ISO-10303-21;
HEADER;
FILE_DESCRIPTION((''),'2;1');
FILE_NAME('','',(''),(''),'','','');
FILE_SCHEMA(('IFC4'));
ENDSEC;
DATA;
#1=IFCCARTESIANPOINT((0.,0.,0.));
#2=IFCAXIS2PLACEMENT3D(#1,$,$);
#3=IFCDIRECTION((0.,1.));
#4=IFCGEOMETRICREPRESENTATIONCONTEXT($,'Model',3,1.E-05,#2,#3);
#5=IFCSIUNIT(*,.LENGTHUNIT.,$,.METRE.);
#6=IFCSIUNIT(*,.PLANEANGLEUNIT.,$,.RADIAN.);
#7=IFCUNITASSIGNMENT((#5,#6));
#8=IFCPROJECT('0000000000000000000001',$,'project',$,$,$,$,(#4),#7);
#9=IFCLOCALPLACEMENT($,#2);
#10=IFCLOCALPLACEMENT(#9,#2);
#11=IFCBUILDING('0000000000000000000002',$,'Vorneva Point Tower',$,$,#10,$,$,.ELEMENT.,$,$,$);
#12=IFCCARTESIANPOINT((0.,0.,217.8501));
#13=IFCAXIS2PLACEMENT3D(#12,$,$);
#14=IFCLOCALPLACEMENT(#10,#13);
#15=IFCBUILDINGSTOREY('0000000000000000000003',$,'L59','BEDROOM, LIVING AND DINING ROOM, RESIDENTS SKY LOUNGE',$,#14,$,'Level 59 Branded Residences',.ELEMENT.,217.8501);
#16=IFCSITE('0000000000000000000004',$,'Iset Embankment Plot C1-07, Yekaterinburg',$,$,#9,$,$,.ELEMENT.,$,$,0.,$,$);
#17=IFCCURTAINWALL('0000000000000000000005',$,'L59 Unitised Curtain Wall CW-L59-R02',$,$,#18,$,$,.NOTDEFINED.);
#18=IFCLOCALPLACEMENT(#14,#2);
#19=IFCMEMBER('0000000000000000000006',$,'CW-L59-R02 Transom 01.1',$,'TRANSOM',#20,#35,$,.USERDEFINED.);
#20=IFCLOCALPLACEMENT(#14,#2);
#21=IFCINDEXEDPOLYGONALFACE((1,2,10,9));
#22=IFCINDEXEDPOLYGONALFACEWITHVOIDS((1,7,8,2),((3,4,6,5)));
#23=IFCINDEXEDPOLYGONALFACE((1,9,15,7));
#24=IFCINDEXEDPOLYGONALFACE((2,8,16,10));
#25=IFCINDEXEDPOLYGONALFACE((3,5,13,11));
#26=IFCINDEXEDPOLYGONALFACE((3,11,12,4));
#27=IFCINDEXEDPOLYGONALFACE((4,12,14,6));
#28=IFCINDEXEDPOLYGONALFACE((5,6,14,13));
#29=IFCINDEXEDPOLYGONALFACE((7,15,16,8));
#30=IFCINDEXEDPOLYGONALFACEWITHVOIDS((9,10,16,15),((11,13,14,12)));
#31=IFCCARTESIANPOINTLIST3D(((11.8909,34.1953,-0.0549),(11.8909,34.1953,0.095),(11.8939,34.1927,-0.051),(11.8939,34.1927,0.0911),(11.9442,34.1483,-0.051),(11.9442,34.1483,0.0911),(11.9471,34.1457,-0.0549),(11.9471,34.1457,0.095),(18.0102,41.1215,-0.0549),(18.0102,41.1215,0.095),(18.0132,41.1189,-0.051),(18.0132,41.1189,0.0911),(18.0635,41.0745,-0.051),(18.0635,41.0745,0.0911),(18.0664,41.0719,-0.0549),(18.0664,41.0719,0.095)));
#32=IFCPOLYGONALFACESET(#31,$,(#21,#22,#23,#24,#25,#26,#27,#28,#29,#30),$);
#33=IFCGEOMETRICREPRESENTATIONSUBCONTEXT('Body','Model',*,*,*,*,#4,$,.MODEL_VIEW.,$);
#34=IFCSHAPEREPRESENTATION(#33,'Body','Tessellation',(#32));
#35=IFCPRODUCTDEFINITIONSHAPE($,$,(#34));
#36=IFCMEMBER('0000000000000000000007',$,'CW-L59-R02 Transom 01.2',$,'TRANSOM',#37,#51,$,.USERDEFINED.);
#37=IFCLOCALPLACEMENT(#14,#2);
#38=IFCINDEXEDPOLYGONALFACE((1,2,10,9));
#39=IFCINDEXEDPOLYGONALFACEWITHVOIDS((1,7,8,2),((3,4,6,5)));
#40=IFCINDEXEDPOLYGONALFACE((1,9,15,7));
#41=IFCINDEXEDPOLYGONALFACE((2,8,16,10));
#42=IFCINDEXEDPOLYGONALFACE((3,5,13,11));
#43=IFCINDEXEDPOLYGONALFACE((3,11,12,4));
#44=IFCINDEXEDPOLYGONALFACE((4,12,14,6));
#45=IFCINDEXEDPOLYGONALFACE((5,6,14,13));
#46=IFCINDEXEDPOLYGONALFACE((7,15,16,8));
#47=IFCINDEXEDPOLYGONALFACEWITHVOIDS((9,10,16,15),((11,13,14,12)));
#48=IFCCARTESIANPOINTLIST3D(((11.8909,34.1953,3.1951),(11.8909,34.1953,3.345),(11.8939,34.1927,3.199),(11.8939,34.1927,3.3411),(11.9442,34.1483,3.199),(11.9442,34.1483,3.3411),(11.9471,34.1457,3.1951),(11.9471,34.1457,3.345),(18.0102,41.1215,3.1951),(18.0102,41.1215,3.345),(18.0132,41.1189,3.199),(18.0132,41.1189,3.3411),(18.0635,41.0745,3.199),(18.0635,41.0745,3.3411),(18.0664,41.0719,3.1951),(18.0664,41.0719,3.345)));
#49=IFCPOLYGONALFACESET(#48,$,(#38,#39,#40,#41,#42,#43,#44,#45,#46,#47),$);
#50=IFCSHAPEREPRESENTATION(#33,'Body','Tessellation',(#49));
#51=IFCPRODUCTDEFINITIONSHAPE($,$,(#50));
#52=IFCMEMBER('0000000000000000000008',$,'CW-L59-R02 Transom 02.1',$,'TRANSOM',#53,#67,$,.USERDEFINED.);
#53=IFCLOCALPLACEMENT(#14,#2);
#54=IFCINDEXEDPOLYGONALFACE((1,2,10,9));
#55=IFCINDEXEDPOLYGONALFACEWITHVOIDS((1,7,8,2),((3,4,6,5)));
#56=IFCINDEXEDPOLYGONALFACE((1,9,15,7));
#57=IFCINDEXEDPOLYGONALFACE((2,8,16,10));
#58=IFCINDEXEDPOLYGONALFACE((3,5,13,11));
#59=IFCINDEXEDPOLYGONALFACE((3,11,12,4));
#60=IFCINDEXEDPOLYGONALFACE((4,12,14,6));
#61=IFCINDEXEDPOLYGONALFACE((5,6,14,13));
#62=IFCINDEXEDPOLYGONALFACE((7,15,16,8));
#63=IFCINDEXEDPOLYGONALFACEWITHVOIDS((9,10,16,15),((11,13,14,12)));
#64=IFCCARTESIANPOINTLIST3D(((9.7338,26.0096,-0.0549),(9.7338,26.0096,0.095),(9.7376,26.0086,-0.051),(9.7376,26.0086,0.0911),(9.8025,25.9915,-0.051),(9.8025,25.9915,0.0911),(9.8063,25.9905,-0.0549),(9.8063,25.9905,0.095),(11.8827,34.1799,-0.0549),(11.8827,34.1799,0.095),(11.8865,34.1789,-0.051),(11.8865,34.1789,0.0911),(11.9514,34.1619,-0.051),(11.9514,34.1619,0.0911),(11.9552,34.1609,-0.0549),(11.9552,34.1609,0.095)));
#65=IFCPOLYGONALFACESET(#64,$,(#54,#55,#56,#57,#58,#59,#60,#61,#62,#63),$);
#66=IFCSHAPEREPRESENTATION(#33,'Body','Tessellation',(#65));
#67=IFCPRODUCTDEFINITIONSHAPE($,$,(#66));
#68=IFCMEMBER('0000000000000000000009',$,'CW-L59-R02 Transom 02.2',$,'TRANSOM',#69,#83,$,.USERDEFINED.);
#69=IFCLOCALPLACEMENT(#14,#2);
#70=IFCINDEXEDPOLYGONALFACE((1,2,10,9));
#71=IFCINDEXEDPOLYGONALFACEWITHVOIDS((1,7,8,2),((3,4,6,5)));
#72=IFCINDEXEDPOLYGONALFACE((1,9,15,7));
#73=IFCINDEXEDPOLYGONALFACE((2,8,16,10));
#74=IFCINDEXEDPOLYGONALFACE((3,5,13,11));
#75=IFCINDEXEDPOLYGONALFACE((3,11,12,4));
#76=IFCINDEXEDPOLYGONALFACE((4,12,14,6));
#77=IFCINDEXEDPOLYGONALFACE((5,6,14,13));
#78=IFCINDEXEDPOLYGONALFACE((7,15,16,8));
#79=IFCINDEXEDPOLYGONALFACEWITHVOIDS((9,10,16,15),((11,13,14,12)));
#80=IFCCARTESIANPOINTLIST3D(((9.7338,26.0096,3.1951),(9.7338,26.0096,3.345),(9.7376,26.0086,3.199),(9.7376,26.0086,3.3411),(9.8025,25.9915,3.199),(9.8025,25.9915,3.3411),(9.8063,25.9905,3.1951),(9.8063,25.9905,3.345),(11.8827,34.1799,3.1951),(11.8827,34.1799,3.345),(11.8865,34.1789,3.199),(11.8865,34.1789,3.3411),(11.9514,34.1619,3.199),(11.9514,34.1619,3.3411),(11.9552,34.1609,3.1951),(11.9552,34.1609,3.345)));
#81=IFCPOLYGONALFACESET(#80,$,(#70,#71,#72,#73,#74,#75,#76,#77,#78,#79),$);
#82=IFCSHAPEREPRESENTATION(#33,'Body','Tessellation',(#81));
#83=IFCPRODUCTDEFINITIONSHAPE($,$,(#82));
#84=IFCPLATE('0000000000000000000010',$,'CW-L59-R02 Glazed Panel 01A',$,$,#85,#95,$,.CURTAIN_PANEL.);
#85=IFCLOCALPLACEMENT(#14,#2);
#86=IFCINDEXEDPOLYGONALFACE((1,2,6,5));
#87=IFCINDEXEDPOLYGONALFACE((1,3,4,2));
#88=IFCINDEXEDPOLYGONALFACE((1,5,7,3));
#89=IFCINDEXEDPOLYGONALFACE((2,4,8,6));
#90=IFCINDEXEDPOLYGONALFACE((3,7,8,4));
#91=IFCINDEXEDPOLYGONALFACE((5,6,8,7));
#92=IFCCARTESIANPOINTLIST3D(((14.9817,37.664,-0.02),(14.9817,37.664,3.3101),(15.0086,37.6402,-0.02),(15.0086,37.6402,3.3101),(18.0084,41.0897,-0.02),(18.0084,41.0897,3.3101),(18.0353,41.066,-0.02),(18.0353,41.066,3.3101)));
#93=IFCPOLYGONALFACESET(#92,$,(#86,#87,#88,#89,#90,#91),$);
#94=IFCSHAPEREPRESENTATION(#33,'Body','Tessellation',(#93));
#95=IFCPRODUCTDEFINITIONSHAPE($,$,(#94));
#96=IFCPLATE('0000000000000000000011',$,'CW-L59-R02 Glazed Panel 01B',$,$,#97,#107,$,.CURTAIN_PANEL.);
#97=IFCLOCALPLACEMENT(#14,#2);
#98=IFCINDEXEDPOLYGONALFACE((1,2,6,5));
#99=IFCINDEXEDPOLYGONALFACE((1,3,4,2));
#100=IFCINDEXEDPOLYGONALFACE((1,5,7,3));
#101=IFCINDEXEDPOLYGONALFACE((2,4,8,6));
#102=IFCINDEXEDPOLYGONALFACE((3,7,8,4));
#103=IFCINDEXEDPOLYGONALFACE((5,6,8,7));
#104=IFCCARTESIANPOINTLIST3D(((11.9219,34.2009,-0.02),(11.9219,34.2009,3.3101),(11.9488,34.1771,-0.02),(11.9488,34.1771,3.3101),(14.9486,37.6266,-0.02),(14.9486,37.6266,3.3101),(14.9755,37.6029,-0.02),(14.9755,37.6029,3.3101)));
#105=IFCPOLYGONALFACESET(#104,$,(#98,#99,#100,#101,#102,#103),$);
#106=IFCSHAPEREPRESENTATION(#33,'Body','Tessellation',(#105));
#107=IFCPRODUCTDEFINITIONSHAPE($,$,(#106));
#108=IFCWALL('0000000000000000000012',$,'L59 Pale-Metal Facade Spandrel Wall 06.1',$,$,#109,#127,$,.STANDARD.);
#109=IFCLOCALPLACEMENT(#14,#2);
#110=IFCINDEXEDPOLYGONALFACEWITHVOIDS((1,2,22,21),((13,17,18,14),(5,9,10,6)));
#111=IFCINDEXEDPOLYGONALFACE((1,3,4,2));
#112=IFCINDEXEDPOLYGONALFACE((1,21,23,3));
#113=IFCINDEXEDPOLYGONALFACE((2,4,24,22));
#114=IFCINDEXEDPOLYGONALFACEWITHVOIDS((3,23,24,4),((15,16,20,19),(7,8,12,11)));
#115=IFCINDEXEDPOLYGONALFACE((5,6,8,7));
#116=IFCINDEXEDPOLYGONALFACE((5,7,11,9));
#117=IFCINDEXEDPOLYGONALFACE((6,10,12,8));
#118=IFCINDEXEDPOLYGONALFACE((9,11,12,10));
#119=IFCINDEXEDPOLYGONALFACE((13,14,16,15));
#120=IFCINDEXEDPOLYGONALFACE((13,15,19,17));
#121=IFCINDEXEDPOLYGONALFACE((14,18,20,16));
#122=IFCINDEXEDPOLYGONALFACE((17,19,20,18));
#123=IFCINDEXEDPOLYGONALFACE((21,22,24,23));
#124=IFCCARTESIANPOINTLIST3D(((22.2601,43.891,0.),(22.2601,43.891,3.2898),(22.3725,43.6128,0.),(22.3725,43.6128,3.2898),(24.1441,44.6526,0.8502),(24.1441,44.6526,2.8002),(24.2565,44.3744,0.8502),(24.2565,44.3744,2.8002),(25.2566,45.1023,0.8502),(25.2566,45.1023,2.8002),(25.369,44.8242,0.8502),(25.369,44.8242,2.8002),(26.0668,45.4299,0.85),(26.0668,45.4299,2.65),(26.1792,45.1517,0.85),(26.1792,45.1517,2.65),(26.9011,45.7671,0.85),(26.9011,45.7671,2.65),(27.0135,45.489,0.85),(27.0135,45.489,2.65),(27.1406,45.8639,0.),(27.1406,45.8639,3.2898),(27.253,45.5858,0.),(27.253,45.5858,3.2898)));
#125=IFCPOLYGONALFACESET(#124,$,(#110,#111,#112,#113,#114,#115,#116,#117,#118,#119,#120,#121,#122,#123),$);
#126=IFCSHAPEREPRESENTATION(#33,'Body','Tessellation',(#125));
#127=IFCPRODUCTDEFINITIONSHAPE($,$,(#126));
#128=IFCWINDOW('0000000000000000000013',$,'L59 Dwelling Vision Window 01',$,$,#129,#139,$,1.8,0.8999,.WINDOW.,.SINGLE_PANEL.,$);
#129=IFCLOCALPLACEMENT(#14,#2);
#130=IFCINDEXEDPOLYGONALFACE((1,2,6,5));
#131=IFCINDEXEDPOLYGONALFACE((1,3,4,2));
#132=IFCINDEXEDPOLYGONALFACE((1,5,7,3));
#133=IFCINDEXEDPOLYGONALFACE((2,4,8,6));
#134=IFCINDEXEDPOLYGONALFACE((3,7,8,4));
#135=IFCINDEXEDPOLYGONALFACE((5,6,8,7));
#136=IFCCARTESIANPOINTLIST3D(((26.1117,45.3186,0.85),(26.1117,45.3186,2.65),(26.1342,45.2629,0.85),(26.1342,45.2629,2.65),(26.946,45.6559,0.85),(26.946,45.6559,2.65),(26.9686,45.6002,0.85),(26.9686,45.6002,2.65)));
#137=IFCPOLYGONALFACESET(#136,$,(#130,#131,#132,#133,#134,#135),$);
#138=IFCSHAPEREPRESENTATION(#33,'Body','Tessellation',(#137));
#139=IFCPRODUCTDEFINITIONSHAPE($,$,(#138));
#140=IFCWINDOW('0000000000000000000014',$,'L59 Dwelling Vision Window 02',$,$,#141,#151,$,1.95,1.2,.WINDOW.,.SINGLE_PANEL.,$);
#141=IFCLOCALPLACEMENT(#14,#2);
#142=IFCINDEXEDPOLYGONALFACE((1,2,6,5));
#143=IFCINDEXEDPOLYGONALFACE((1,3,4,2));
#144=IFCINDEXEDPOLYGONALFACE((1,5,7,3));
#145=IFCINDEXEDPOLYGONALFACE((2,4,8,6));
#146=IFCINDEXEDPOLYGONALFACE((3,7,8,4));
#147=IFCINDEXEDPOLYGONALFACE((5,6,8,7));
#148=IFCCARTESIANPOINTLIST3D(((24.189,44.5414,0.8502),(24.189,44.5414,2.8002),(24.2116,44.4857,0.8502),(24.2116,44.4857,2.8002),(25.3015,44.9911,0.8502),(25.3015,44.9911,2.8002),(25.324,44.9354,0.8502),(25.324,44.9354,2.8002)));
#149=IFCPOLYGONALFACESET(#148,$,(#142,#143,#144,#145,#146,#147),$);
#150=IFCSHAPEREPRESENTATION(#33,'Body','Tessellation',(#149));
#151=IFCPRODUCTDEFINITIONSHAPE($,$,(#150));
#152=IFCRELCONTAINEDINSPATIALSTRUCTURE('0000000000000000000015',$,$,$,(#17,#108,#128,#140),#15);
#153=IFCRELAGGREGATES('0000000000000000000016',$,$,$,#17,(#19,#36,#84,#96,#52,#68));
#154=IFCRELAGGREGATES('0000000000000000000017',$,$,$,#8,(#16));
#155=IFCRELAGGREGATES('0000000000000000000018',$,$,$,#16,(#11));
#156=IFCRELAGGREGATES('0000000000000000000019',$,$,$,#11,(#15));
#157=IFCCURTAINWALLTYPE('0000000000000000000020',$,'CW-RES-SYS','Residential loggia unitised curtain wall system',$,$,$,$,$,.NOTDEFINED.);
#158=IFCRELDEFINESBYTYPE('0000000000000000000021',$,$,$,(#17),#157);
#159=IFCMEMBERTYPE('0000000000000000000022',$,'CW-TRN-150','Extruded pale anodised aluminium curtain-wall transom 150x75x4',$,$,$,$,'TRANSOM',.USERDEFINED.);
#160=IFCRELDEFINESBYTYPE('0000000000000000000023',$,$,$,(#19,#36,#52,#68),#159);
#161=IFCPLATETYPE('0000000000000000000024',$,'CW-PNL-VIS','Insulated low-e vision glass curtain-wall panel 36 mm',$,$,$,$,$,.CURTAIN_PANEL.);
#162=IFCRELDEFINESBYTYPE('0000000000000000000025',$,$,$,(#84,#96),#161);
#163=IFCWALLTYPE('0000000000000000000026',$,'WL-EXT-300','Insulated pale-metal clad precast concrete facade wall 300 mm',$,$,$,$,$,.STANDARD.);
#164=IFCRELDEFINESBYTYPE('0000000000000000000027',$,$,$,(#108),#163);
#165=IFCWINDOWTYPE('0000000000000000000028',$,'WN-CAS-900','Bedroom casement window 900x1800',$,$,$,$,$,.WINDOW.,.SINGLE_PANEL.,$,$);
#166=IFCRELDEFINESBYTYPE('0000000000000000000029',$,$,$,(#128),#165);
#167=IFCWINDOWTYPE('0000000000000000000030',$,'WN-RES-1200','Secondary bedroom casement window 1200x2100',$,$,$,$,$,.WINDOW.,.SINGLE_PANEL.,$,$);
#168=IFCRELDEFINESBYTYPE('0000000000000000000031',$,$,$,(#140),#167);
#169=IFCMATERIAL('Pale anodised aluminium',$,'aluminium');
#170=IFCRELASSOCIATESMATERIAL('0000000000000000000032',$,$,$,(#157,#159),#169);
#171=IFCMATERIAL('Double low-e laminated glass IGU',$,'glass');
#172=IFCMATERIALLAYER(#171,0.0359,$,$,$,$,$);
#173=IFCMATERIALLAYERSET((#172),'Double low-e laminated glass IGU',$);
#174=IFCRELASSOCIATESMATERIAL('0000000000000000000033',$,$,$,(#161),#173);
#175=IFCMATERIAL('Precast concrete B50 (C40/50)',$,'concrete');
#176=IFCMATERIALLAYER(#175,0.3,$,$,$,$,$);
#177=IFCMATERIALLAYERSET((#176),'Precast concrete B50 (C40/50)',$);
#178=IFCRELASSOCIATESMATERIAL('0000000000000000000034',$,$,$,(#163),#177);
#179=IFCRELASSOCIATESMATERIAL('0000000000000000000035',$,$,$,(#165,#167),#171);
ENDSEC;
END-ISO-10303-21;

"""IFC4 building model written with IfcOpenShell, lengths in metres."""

from ifc_helpers import new_model, si_unit, direction, frame, frame_2d, origin, origin_2d, place, context, subcontext, project, spatial, rectangle, hollow_rectangle, extrude, material, layer, layer_set, material_profile, profile_set, type_object, element, fill, aggregate, save


model = new_model("IFC4")

# Units and contexts
model_context = context("Model", 3, precision=1e-05, world=origin(), true_north=direction((0.0, 1.0)))
body_context = subcontext(model_context, "Body", "Model", "MODEL_VIEW")
ifc_project = project(units=[si_unit("LENGTHUNIT", "METRE"), si_unit("PLANEANGLEUNIT", "RADIAN")], contexts=[model_context])

# Site, building, storey
site_placement = place(None, origin())
site = spatial("IfcSite", under=ifc_project, at=site_placement, Name="Iset Embankment Plot C1-07, Yekaterinburg", CompositionType="ELEMENT", RefElevation=0.0)
building_placement = place(site_placement, origin())
building = spatial("IfcBuilding", under=site, at=building_placement, Name="Vorneva Point Tower", CompositionType="ELEMENT")
storey_placement = place(building_placement, frame((0.0, 0.0, 217.8501)))
storey = spatial("IfcBuildingStorey", under=building, at=storey_placement, Name="L59", Description="BEDROOM, LIVING AND DINING ROOM, RESIDENTS SKY LOUNGE", LongName="Level 59 Branded Residences", CompositionType="ELEMENT", Elevation=217.8501)

# Shared definitions
ifc_material_1 = material(Name="Pale anodised aluminium", Category="aluminium")
curtain_wall_type = type_object("IfcCurtainWallType", Name="CW-RES-SYS", Description="Residential loggia unitised curtain wall system", PredefinedType="NOTDEFINED", material=ifc_material_1)

# Curtain wall, members, plates
curtain_wall_1_placement = place(storey_placement, origin())
curtain_wall_1 = element("IfcCurtainWall", 1, at=curtain_wall_1_placement, inside=storey, type_object=curtain_wall_type, Name="L59 Unitised Curtain Wall CW-L59-R02", PredefinedType="NOTDEFINED")
ifc_material_profile_1 = material_profile(ifc_material_1, hollow_rectangle(XDim=0.075, YDim=0.1499, WallThickness=0.0039, at=origin_2d()), Name="AL-TRN 150x75x4")
ifc_profile_set_1 = profile_set([ifc_material_profile_1], Name="Pale anodised aluminium")
member_type_1 = type_object("IfcMemberType", Name="CW-TRN-150", Description="Extruded pale anodised aluminium curtain-wall transom 150x75x4", ElementType="TRANSOM", PredefinedType="USERDEFINED", material=ifc_profile_set_1)
member_1_placement = place(storey_placement, frame((18.0383, 41.0967, 0.02), z_axis=(-0.662106, -0.74941, 0.0), x_axis=(0.74941, -0.662106, 0.0)))
member_1 = element("IfcMember", 2, at=member_1_placement, type_object=member_type_1, Name="CW-L59-R02 Transom 01.1", ObjectType="TRANSOM", PredefinedType="USERDEFINED", context=body_context, shape_type="SweptSolid", body=[
    extrude(hollow_rectangle(XDim=0.075, YDim=0.1499, WallThickness=0.0039, at=origin_2d()), origin(), (0.0, 0.0, 1.0), 9.2422),
])
member_2_placement = place(storey_placement, frame((18.0383, 41.0967, 3.27), z_axis=(-0.662106, -0.74941, 0.0), x_axis=(0.74941, -0.662106, 0.0)))
member_2 = element("IfcMember", 3, at=member_2_placement, type_object=member_type_1, Name="CW-L59-R02 Transom 01.2", ObjectType="TRANSOM", PredefinedType="USERDEFINED", context=body_context, shape_type="SweptSolid", body=[
    extrude(hollow_rectangle(XDim=0.075, YDim=0.1499, WallThickness=0.0039, at=origin_2d()), origin(), (0.0, 0.0, 1.0), 9.2422),
])
member_3_placement = place(storey_placement, frame((11.9189, 34.1704, 0.02), z_axis=(-0.254362, -0.967109, 0.0), x_axis=(0.967109, -0.254362, 0.0)))
member_3 = element("IfcMember", 4, at=member_3_placement, type_object=member_type_1, Name="CW-L59-R02 Transom 02.1", ObjectType="TRANSOM", PredefinedType="USERDEFINED", context=body_context, shape_type="SweptSolid", body=[
    extrude(hollow_rectangle(XDim=0.075, YDim=0.1499, WallThickness=0.0039, at=origin_2d()), origin(), (0.0, 0.0, 1.0), 8.4482),
])
member_4_placement = place(storey_placement, frame((11.9189, 34.1704, 3.27), z_axis=(-0.254362, -0.967109, 0.0), x_axis=(0.967109, -0.254362, 0.0)))
member_4 = element("IfcMember", 5, at=member_4_placement, type_object=member_type_1, Name="CW-L59-R02 Transom 02.2", ObjectType="TRANSOM", PredefinedType="USERDEFINED", context=body_context, shape_type="SweptSolid", body=[
    extrude(hollow_rectangle(XDim=0.075, YDim=0.1499, WallThickness=0.0039, at=origin_2d()), origin(), (0.0, 0.0, 1.0), 8.4482),
])
ifc_material_2 = material(Name="Double low-e laminated glass IGU", Category="glass")
ifc_layer_1 = layer(ifc_material_2, 0.0359)
ifc_layer_set_1 = layer_set([ifc_layer_1], Name="Double low-e laminated glass IGU")
plate_type = type_object("IfcPlateType", Name="CW-PNL-VIS", Description="Insulated low-e vision glass curtain-wall panel 36 mm", PredefinedType="CURTAIN_PANEL", material=ifc_layer_set_1)
plate_1_placement = place(storey_placement, frame((16.5085, 39.365, -0.02), z_axis=(0.0, 0.0, 1.0), x_axis=(-0.66211, -0.749407, 0.0)))
plate_1 = element("IfcPlate", 6, at=plate_1_placement, type_object=plate_type, Name="CW-L59-R02 Glazed Panel 01A", PredefinedType="CURTAIN_PANEL", context=body_context, shape_type="SweptSolid", body=[
    extrude(rectangle(XDim=4.5713, YDim=0.0359, at=origin_2d()), origin(), (0.0, 0.0, 1.0), 3.3301),
])
plate_2_placement = place(storey_placement, frame((13.4487, 35.9019, -0.02), z_axis=(0.0, 0.0, 1.0), x_axis=(-0.66211, -0.749407, 0.0)))
plate_2 = element("IfcPlate", 7, at=plate_2_placement, type_object=plate_type, Name="CW-L59-R02 Glazed Panel 01B", PredefinedType="CURTAIN_PANEL", context=body_context, shape_type="SweptSolid", body=[
    extrude(rectangle(XDim=4.5713, YDim=0.0359, at=origin_2d()), origin(), (0.0, 0.0, 1.0), 3.3301),
])
aggregate(curtain_wall_1, [member_1, member_2, plate_1, plate_2, member_3, member_4])

# Wall, openings, windows
ifc_material_3 = material(Name="Precast concrete B50 (C40/50)", Category="concrete")
ifc_layer_2 = layer(ifc_material_3, 0.3)
ifc_layer_set_2 = layer_set([ifc_layer_2], Name="Precast concrete B50 (C40/50)")
wall_type_1 = type_object("IfcWallType", Name="WL-EXT-300", Description="Insulated pale-metal clad precast concrete facade wall 300 mm", PredefinedType="STANDARD", material=ifc_layer_set_2)
wall_1_placement = place(storey_placement, frame((27.1968, 45.7249, 0.0), z_axis=(0.0, 0.0, 1.0), x_axis=(-0.927111, -0.374787, 0.0)))
wall_1 = element("IfcWall", 8, at=wall_1_placement, inside=storey, type_object=wall_type_1, Name="L59 Pale-Metal Facade Spandrel Wall 06.1", PredefinedType="STANDARD", context=body_context, shape_type="SweptSolid", body=[
    extrude(rectangle(XDim=5.2642, YDim=0.3, at=frame_2d((2.6321, 0.0))), origin(), (0.0, 0.0, 1.0), 3.2898),
])
opening_1_placement = place(wall_1_placement, frame((0.2583, 0.0, 0.8501)))
opening_1 = element("IfcOpeningElement", 9, at=opening_1_placement, cuts=wall_1, PredefinedType="OPENING", context=body_context, shape_type="SweptSolid", body=[
    extrude(rectangle(XDim=0.8999, YDim=1.8, at=frame_2d((0.45, 0.8999))), frame((0.0, 0.165, 0.0), z_axis=(0.0, -1.0, 0.0), x_axis=(1.0, 0.0, 0.0)), (0.0, 0.0, 1.0), 0.3298),
])
opening_2_placement = place(wall_1_placement, frame((2.032, 0.0, 0.8501)))
opening_2 = element("IfcOpeningElement", 10, at=opening_2_placement, cuts=wall_1, PredefinedType="OPENING", context=body_context, shape_type="SweptSolid", body=[
    extrude(rectangle(XDim=1.2, YDim=1.95, at=frame_2d((0.6001, 0.9751))), frame((0.0, 0.165, 0.0), z_axis=(0.0, -1.0, 0.0), x_axis=(1.0, 0.0, 0.0)), (0.0, 0.0, 1.0), 0.3298),
])
window_type_1 = type_object("IfcWindowType", Name="WN-CAS-900", Description="Bedroom casement window 900x1800", PartitioningType="SINGLE_PANEL", PredefinedType="WINDOW", material=ifc_material_2)
window_1_placement = place(opening_1_placement, origin())
window_1 = element("IfcWindow", 11, at=window_1_placement, inside=storey, type_object=window_type_1, Name="L59 Dwelling Vision Window 01", OverallHeight=1.8, OverallWidth=0.8999, PartitioningType="SINGLE_PANEL", PredefinedType="WINDOW", context=body_context, shape_type="SweptSolid", body=[
    extrude(rectangle(XDim=0.8999, YDim=1.8, at=frame_2d((0.45, 0.8999))), frame((0.0, 0.03, 0.0), z_axis=(0.0, -1.0, 0.0), x_axis=(1.0, 0.0, 0.0)), (0.0, 0.0, 1.0), 0.0601),
])
fill(opening_1, window_1)
window_type_2 = type_object("IfcWindowType", Name="WN-RES-1200", Description="Secondary bedroom casement window 1200x2100", PartitioningType="SINGLE_PANEL", PredefinedType="WINDOW", material=ifc_material_2)
window_2_placement = place(opening_2_placement, origin())
window_2 = element("IfcWindow", 12, at=window_2_placement, inside=storey, type_object=window_type_2, Name="L59 Dwelling Vision Window 02", OverallHeight=1.95, OverallWidth=1.2, PartitioningType="SINGLE_PANEL", PredefinedType="WINDOW", context=body_context, shape_type="SweptSolid", body=[
    extrude(rectangle(XDim=1.2, YDim=1.95, at=frame_2d((0.6001, 0.9751))), frame((0.0, 0.03, 0.0), z_axis=(0.0, -1.0, 0.0), x_axis=(1.0, 0.0, 0.0)), (0.0, 0.0, 1.0), 0.0601),
])
fill(opening_2, window_2)

save(model, "model.ifc")
